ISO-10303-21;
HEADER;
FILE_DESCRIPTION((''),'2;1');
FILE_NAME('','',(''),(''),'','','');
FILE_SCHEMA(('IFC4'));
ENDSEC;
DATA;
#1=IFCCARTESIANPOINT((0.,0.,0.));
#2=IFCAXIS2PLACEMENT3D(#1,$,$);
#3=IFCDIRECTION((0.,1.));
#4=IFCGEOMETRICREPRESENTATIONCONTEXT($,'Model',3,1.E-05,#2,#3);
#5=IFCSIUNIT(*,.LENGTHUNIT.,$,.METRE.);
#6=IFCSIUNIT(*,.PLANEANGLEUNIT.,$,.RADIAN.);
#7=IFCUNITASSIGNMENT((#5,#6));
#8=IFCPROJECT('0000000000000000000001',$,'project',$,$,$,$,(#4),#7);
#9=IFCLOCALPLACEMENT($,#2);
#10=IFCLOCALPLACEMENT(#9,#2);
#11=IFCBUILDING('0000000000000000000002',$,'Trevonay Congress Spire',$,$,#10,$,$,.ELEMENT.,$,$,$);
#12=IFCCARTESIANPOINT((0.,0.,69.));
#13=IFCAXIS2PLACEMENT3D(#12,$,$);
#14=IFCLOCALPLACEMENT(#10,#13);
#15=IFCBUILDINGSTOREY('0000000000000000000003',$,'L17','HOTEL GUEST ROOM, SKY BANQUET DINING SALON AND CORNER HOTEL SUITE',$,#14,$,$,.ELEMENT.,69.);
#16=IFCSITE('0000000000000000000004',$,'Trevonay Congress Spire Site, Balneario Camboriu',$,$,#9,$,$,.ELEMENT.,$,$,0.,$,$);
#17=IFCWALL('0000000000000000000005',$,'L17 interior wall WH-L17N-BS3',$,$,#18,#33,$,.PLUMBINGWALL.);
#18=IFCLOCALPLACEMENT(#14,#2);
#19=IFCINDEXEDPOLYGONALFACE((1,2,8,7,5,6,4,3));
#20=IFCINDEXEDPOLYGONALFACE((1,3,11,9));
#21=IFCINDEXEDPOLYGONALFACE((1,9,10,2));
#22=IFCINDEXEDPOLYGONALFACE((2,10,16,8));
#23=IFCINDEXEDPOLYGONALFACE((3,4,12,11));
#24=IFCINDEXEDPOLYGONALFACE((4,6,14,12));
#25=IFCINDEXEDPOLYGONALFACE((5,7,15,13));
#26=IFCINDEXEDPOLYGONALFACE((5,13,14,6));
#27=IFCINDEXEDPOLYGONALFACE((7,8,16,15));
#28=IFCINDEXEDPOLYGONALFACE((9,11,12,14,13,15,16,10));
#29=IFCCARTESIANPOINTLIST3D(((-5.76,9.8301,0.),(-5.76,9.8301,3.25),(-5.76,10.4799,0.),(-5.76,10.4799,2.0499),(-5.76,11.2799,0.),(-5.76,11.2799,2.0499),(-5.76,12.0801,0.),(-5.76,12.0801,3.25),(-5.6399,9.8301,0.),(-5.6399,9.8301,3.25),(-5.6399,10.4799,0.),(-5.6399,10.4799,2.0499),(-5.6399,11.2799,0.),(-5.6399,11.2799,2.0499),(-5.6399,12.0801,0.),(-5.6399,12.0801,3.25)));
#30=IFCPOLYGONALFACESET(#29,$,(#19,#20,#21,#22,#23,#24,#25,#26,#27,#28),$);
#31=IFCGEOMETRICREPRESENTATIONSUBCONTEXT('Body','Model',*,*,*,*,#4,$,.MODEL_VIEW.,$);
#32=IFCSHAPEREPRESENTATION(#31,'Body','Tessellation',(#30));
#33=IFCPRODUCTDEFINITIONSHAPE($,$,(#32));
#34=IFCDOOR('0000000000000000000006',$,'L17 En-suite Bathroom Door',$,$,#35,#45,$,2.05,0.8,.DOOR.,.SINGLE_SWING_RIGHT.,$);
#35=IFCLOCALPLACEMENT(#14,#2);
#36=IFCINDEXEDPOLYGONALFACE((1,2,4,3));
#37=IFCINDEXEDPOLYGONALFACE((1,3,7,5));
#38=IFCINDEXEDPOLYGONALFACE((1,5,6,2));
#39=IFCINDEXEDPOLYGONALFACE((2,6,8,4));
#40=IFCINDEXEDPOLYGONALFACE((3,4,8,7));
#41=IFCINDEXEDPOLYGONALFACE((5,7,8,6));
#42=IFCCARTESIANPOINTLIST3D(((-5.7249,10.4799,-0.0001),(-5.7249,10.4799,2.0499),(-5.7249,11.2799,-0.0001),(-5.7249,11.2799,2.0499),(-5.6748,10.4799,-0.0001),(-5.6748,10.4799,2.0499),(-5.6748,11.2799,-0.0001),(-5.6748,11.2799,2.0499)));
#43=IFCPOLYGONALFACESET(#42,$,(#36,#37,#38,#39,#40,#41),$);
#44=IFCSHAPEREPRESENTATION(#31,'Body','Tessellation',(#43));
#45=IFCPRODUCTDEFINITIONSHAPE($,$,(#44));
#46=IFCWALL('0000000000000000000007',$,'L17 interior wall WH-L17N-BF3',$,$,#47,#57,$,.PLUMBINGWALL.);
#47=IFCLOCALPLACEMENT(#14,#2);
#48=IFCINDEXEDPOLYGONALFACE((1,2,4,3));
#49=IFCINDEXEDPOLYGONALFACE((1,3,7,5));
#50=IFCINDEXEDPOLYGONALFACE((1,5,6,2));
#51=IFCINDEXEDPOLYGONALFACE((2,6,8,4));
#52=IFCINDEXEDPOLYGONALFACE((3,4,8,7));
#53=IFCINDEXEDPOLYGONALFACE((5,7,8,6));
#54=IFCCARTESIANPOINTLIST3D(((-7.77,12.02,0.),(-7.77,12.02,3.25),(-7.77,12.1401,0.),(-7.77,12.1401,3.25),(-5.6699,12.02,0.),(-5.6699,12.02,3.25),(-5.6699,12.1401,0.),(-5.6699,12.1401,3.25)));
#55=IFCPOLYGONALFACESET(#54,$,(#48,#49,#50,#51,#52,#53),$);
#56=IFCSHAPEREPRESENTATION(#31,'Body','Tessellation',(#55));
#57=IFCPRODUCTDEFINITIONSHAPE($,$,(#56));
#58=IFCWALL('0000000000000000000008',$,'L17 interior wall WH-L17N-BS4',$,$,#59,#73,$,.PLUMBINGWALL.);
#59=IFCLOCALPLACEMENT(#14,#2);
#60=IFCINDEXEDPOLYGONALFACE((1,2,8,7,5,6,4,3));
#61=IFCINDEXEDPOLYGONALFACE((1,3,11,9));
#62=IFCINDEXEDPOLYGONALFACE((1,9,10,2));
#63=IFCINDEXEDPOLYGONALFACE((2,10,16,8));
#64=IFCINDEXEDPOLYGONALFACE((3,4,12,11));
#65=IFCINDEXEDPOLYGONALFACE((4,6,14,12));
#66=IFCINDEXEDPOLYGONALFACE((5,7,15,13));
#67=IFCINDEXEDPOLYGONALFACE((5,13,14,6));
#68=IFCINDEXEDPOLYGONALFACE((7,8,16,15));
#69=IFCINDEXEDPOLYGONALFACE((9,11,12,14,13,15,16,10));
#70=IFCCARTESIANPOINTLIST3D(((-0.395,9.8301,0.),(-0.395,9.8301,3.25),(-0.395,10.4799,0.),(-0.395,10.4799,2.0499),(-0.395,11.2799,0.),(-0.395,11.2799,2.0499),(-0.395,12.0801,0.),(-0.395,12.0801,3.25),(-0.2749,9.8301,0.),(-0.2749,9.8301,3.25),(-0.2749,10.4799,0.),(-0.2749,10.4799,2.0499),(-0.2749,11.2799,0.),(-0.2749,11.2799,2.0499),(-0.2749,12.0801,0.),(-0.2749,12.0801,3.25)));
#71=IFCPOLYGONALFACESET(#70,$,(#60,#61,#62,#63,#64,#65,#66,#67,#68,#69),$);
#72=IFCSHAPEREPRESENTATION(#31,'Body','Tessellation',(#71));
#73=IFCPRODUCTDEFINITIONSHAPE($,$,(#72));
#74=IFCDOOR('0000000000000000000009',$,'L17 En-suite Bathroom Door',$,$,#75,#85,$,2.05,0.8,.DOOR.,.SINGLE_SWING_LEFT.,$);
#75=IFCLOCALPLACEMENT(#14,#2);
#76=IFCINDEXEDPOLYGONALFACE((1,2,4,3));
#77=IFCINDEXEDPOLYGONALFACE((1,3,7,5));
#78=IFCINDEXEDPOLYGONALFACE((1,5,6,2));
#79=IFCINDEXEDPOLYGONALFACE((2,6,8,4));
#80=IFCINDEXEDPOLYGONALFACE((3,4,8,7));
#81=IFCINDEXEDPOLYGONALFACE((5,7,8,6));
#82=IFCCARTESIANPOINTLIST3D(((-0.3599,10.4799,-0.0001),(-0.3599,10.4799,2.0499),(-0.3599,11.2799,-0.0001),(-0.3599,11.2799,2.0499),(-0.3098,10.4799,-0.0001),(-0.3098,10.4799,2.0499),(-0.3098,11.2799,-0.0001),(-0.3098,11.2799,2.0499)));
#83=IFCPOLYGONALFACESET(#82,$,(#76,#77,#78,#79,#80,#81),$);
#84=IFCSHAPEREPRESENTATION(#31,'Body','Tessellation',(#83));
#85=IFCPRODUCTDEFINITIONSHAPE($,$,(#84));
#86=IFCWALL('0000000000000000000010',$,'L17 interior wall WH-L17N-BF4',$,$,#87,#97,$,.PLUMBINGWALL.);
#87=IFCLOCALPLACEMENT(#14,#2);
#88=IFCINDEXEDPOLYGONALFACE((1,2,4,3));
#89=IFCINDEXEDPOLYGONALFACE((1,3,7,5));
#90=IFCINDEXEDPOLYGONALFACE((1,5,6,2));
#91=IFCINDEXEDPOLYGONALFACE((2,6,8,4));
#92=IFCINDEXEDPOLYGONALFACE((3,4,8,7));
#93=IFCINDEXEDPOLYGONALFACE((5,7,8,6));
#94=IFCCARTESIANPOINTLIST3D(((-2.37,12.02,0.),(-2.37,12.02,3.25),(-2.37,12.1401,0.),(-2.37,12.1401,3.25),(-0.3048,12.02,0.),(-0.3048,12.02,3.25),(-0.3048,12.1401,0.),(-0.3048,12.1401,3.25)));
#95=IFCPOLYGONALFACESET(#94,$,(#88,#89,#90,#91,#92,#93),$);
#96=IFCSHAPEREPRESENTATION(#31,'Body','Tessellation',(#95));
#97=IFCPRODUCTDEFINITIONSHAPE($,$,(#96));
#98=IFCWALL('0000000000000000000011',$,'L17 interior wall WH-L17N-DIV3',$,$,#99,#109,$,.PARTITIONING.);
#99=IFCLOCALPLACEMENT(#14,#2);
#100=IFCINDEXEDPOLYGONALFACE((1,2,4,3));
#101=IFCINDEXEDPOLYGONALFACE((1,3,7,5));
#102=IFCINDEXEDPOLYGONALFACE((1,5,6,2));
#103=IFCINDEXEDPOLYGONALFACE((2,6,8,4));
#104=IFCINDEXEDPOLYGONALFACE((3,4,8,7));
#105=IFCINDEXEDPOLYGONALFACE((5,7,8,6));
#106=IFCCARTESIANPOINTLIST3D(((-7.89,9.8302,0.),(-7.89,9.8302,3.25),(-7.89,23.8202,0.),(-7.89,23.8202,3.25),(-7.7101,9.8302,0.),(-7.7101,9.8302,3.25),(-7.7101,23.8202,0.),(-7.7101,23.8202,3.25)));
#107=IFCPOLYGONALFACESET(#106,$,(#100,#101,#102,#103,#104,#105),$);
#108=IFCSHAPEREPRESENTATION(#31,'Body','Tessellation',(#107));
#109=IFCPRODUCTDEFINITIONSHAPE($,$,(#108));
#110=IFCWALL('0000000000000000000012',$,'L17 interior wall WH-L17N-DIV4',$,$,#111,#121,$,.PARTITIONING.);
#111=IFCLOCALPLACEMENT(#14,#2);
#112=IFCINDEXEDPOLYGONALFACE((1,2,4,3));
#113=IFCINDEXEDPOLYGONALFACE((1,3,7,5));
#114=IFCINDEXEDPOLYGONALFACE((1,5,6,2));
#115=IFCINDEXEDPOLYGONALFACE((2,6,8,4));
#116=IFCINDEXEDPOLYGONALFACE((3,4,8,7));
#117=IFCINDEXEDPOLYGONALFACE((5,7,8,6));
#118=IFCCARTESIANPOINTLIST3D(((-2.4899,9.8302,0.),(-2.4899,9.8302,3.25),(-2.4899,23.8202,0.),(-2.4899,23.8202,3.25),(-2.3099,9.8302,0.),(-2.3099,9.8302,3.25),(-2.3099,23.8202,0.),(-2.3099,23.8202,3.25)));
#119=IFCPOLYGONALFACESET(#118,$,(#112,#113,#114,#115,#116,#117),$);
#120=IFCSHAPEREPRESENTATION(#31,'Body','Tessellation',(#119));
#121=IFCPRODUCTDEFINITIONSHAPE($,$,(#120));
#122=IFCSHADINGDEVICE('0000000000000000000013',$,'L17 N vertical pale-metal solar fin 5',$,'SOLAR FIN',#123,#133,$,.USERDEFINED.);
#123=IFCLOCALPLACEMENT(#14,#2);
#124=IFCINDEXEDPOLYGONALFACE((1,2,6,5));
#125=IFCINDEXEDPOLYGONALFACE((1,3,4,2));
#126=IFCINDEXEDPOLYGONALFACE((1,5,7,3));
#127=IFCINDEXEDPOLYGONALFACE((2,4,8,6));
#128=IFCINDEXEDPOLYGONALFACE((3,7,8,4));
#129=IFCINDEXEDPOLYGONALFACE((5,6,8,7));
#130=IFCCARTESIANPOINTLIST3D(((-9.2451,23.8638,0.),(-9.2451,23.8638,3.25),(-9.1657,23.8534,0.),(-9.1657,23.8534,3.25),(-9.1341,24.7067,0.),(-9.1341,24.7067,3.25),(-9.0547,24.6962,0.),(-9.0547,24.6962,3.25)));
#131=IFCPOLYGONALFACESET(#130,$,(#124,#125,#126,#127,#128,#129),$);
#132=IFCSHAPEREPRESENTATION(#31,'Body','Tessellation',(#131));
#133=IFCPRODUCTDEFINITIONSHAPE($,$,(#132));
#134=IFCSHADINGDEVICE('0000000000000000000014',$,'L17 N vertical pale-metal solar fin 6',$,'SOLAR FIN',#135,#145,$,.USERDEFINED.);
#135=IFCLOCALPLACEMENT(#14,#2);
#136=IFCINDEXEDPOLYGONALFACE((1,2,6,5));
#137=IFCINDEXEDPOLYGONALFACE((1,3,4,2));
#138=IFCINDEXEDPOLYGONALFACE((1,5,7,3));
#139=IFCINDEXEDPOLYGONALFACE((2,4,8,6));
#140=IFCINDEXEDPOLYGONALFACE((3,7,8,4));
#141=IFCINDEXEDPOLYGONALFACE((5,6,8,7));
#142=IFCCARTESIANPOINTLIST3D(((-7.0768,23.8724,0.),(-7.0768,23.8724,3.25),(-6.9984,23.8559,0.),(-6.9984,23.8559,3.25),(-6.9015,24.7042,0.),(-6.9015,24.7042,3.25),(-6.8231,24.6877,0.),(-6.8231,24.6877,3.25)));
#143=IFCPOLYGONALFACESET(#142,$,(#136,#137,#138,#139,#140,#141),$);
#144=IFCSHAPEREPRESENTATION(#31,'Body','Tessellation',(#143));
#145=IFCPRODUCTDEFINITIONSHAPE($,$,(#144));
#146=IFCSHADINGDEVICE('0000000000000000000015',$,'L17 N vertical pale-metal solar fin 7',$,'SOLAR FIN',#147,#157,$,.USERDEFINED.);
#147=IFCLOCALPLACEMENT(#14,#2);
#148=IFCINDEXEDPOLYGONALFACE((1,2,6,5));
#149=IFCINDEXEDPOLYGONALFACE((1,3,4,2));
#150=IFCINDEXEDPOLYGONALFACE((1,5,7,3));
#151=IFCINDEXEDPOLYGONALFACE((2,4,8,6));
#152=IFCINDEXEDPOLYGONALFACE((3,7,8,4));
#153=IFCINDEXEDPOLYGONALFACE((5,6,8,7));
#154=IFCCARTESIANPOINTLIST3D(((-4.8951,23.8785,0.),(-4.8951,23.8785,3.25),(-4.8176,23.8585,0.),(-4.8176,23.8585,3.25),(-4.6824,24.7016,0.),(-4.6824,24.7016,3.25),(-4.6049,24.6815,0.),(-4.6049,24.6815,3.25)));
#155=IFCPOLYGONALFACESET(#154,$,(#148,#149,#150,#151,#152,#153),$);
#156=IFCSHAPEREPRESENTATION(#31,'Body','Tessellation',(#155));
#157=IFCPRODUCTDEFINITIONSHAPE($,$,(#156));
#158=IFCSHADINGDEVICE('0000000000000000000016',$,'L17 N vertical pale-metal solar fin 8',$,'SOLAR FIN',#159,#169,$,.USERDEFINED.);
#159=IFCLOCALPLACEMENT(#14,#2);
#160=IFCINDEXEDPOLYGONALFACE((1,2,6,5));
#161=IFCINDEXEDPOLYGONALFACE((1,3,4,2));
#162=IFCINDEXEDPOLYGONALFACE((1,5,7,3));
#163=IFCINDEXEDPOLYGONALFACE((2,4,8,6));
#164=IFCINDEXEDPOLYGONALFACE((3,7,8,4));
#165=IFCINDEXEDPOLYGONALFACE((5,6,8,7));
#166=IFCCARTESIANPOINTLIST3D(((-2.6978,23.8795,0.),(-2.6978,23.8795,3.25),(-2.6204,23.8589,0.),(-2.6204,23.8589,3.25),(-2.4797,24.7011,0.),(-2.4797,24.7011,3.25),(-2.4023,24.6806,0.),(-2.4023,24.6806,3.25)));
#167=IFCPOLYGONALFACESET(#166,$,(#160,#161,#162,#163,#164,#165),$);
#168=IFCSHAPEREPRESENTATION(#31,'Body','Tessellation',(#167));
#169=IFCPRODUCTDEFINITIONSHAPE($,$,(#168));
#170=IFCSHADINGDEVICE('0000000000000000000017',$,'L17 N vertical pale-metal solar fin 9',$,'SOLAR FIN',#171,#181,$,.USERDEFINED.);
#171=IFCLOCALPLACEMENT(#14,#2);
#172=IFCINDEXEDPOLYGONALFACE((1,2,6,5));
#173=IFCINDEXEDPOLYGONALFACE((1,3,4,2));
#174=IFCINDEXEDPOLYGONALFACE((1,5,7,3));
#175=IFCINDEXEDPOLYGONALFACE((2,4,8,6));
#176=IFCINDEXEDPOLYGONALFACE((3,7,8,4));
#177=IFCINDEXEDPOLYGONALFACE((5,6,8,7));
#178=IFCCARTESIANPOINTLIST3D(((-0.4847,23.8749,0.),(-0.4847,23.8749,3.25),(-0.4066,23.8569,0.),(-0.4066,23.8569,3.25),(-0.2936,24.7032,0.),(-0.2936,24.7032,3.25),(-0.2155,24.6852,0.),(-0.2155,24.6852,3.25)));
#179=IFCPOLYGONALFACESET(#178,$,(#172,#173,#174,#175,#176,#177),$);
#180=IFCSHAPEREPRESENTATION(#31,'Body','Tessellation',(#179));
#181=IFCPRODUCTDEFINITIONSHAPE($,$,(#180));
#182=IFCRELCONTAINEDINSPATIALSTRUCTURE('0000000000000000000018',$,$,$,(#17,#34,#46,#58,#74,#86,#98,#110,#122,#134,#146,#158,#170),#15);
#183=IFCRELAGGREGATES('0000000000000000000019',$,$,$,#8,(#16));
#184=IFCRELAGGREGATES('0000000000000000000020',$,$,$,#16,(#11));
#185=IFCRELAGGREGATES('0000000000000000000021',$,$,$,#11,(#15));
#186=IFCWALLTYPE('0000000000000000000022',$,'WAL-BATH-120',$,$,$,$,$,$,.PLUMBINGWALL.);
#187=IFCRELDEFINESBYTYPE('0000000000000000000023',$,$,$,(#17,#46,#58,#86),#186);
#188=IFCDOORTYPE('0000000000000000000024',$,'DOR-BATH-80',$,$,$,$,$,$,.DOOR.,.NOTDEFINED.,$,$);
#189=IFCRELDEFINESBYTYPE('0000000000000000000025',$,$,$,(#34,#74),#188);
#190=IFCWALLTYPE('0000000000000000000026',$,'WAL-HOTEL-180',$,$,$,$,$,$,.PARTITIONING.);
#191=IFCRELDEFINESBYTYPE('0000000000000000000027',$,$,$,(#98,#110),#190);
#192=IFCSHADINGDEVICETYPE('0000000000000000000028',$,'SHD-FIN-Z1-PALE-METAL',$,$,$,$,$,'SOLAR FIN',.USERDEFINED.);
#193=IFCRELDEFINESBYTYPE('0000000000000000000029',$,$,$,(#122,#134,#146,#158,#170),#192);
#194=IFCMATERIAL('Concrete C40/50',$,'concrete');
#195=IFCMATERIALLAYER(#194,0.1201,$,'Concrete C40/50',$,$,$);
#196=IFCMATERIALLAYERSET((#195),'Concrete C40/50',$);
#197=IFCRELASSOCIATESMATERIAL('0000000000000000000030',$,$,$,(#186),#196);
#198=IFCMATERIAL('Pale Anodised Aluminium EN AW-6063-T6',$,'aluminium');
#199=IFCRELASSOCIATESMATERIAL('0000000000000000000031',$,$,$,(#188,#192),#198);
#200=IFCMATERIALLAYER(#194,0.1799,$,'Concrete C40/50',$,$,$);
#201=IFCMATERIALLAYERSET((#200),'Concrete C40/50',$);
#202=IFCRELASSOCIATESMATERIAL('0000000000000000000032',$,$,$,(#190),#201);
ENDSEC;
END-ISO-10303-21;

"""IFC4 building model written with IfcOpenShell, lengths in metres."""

from ifc_helpers import new_model, si_unit, direction, frame, frame_2d, origin, origin_2d, place, context, subcontext, project, spatial, rectangle, extrude, material, layer, layer_set, type_object, element, fill, save


model = new_model("IFC4")

# Units and contexts
model_context = context("Model", 3, precision=1e-05, world=origin(), true_north=direction((0.0, 1.0)))
body_context = subcontext(model_context, "Body", "Model", "MODEL_VIEW")
ifc_project = project(units=[si_unit("LENGTHUNIT", "METRE"), si_unit("PLANEANGLEUNIT", "RADIAN")], contexts=[model_context])

# Site, building, storey
site_placement = place(None, origin())
site = spatial("IfcSite", under=ifc_project, at=site_placement, Name="Trevonay Congress Spire Site, Balneario Camboriu", CompositionType="ELEMENT", RefElevation=0.0)
building_placement = place(site_placement, origin())
building = spatial("IfcBuilding", under=site, at=building_placement, Name="Trevonay Congress Spire", CompositionType="ELEMENT")
storey_placement = place(building_placement, frame((0.0, 0.0, 69.0)))
storey = spatial("IfcBuildingStorey", under=building, at=storey_placement, Name="L17", Description="HOTEL GUEST ROOM, SKY BANQUET DINING SALON AND CORNER HOTEL SUITE", CompositionType="ELEMENT", Elevation=69.0)

# Shared definitions
ifc_material_1 = material(Name="Pale Anodised Aluminium EN AW-6063-T6", Category="aluminium")

# Wall, opening, door
ifc_material_2 = material(Name="Concrete C40/50", Category="concrete")
ifc_layer_1 = layer(ifc_material_2, 0.1201, Name="Concrete C40/50")
ifc_layer_set_1 = layer_set([ifc_layer_1], Name="Concrete C40/50")
wall_type_1 = type_object("IfcWallType", Name="WAL-BATH-120", PredefinedType="PLUMBINGWALL", material=ifc_layer_set_1)
wall_1_placement = place(storey_placement, frame((-5.7, 9.8301, 0.0), z_axis=(0.0, 0.0, 1.0), x_axis=(0.0, 1.0, 0.0)))
wall_1 = element("IfcWall", 1, at=wall_1_placement, inside=storey, type_object=wall_type_1, Name="L17 interior wall WH-L17N-BS3", PredefinedType="PLUMBINGWALL", context=body_context, shape_type="SweptSolid", body=[
    extrude(rectangle(XDim=2.25, YDim=0.1201, at=frame_2d((1.125, 0.0))), origin(), (0.0, 0.0, 1.0), 3.25),
])
opening_1_placement = place(wall_1_placement, frame((0.6499, 0.0, 0.0)))
opening_1 = element("IfcOpeningElement", 2, at=opening_1_placement, cuts=wall_1, PredefinedType="OPENING", context=body_context, shape_type="SweptSolid", body=[
    extrude(rectangle(XDim=0.8, YDim=2.05, at=frame_2d((0.3999, 1.0249))), frame((0.0, 0.0701, 0.0), z_axis=(0.0, -1.0, 0.0), x_axis=(1.0, 0.0, 0.0)), (0.0, 0.0, 1.0), 0.1401),
])
door_type = type_object("IfcDoorType", Name="DOR-BATH-80", OperationType="NOTDEFINED", PredefinedType="DOOR", material=ifc_material_1)
door_1_placement = place(opening_1_placement, origin())
door_1 = element("IfcDoor", 3, at=door_1_placement, inside=storey, type_object=door_type, Name="L17 En-suite Bathroom Door", OperationType="SINGLE_SWING_RIGHT", OverallHeight=2.05, OverallWidth=0.8, PredefinedType="DOOR", context=body_context, shape_type="SweptSolid", body=[
    extrude(rectangle(XDim=0.8, YDim=2.05, at=frame_2d((0.3999, 1.0249))), frame((0.0, 0.0249, 0.0), z_axis=(0.0, -1.0, 0.0), x_axis=(1.0, 0.0, 0.0)), (0.0, 0.0, 1.0), 0.05),
])
fill(opening_1, door_1)

# Wall
wall_2_placement = place(storey_placement, frame((-7.77, 12.0801, 0.0), z_axis=(0.0, 0.0, 1.0), x_axis=(1.0, 0.0, 0.0)))
element("IfcWall", 4, at=wall_2_placement, inside=storey, type_object=wall_type_1, Name="L17 interior wall WH-L17N-BF3", PredefinedType="PLUMBINGWALL", context=body_context, shape_type="SweptSolid", body=[
    extrude(rectangle(XDim=2.1001, YDim=0.1201, at=frame_2d((1.05, 0.0))), origin(), (0.0, 0.0, 1.0), 3.25),
])

# Wall, opening, door
wall_3_placement = place(storey_placement, frame((-0.335, 9.8301, 0.0), z_axis=(0.0, 0.0, 1.0), x_axis=(0.0, 1.0, 0.0)))
wall_3 = element("IfcWall", 5, at=wall_3_placement, inside=storey, type_object=wall_type_1, Name="L17 interior wall WH-L17N-BS4", PredefinedType="PLUMBINGWALL", context=body_context, shape_type="SweptSolid", body=[
    extrude(rectangle(XDim=2.25, YDim=0.1201, at=frame_2d((1.125, 0.0))), origin(), (0.0, 0.0, 1.0), 3.25),
])
opening_2_placement = place(wall_3_placement, frame((0.6499, 0.0, 0.0)))
opening_2 = element("IfcOpeningElement", 6, at=opening_2_placement, cuts=wall_3, PredefinedType="OPENING", context=body_context, shape_type="SweptSolid", body=[
    extrude(rectangle(XDim=0.8, YDim=2.05, at=frame_2d((0.3999, 1.0249))), frame((0.0, 0.0701, 0.0), z_axis=(0.0, -1.0, 0.0), x_axis=(1.0, 0.0, 0.0)), (0.0, 0.0, 1.0), 0.1401),
])
door_2_placement = place(opening_2_placement, origin())
door_2 = element("IfcDoor", 7, at=door_2_placement, inside=storey, type_object=door_type, Name="L17 En-suite Bathroom Door", OperationType="SINGLE_SWING_LEFT", OverallHeight=2.05, OverallWidth=0.8, PredefinedType="DOOR", context=body_context, shape_type="SweptSolid", body=[
    extrude(rectangle(XDim=0.8, YDim=2.05, at=frame_2d((0.3999, 1.0249))), frame((0.0, 0.0249, 0.0), z_axis=(0.0, -1.0, 0.0), x_axis=(1.0, 0.0, 0.0)), (0.0, 0.0, 1.0), 0.05),
])
fill(opening_2, door_2)

# Walls
wall_4_placement = place(storey_placement, frame((-2.3701, 12.0801, 0.0), z_axis=(0.0, 0.0, 1.0), x_axis=(1.0, 0.0, 0.0)))
element("IfcWall", 8, at=wall_4_placement, inside=storey, type_object=wall_type_1, Name="L17 interior wall WH-L17N-BF4", PredefinedType="PLUMBINGWALL", context=body_context, shape_type="SweptSolid", body=[
    extrude(rectangle(XDim=2.0652, YDim=0.1201, at=frame_2d((1.0327, 0.0))), origin(), (0.0, 0.0, 1.0), 3.25),
])
ifc_layer_2 = layer(ifc_material_2, 0.1799, Name="Concrete C40/50")
ifc_layer_set_2 = layer_set([ifc_layer_2], Name="Concrete C40/50")
wall_type_2 = type_object("IfcWallType", Name="WAL-HOTEL-180", PredefinedType="PARTITIONING", material=ifc_layer_set_2)
for number, where, z_axis, x_axis, name in (
    (9, (-7.8, 9.8301, 0.0), (0.0, 0.0, 1.0), (0.0, 1.0, 0.0), "L17 interior wall WH-L17N-DIV3"),
    (10, (-2.3999, 9.8301, 0.0), (0.0, 0.0, 1.0), (0.0, 1.0, 0.0), "L17 interior wall WH-L17N-DIV4"),
):
    element("IfcWall", number, at=place(storey_placement, frame(where, z_axis=z_axis, x_axis=x_axis)), inside=storey, type_object=wall_type_2, Name=name, PredefinedType="PARTITIONING", context=body_context, shape_type="SweptSolid", body=[
        extrude(rectangle(XDim=13.99, YDim=0.1799, at=frame_2d((6.9951, 0.0))), origin(), (0.0, 0.0, 1.0), 3.25),
    ])

# Shading devices
shading_device_type = type_object("IfcShadingDeviceType", Name="SHD-FIN-Z1-PALE-METAL", ElementType="SOLAR FIN", PredefinedType="USERDEFINED", material=ifc_material_1)
for number, where, z_axis, x_axis, name in (
    (11, (-9.1499, 24.28, 0.0), (0.0, 0.0, 1.0), (0.991445, -0.130526, 0.0), "L17 N vertical pale-metal solar fin 5"),
    (12, (-6.95, 24.28, 0.0), (0.0, 0.0, 1.0), (0.978509, -0.206204, 0.0), "L17 N vertical pale-metal solar fin 6"),
    (13, (-4.75, 24.28, 0.0), (0.0, 0.0, 1.0), (0.968191, -0.250211, 0.0), "L17 N vertical pale-metal solar fin 7"),
    (14, (-2.55, 24.28, 0.0), (0.0, 0.0, 1.0), (0.966511, -0.256627, 0.0), "L17 N vertical pale-metal solar fin 8"),
    (15, (-0.3501, 24.28, 0.0), (0.0, 0.0, 1.0), (0.974409, -0.224781, 0.0), "L17 N vertical pale-metal solar fin 9"),
):
    element("IfcShadingDevice", number, at=place(storey_placement, frame(where, z_axis=z_axis, x_axis=x_axis)), inside=storey, type_object=shading_device_type, Name=name, ObjectType="SOLAR FIN", PredefinedType="USERDEFINED", context=body_context, shape_type="SweptSolid", body=[
        extrude(rectangle(XDim=0.0801, YDim=0.8501, at=origin_2d()), origin(), (0.0, 0.0, 1.0), 3.25),
    ])

save(model, "model.ifc")
